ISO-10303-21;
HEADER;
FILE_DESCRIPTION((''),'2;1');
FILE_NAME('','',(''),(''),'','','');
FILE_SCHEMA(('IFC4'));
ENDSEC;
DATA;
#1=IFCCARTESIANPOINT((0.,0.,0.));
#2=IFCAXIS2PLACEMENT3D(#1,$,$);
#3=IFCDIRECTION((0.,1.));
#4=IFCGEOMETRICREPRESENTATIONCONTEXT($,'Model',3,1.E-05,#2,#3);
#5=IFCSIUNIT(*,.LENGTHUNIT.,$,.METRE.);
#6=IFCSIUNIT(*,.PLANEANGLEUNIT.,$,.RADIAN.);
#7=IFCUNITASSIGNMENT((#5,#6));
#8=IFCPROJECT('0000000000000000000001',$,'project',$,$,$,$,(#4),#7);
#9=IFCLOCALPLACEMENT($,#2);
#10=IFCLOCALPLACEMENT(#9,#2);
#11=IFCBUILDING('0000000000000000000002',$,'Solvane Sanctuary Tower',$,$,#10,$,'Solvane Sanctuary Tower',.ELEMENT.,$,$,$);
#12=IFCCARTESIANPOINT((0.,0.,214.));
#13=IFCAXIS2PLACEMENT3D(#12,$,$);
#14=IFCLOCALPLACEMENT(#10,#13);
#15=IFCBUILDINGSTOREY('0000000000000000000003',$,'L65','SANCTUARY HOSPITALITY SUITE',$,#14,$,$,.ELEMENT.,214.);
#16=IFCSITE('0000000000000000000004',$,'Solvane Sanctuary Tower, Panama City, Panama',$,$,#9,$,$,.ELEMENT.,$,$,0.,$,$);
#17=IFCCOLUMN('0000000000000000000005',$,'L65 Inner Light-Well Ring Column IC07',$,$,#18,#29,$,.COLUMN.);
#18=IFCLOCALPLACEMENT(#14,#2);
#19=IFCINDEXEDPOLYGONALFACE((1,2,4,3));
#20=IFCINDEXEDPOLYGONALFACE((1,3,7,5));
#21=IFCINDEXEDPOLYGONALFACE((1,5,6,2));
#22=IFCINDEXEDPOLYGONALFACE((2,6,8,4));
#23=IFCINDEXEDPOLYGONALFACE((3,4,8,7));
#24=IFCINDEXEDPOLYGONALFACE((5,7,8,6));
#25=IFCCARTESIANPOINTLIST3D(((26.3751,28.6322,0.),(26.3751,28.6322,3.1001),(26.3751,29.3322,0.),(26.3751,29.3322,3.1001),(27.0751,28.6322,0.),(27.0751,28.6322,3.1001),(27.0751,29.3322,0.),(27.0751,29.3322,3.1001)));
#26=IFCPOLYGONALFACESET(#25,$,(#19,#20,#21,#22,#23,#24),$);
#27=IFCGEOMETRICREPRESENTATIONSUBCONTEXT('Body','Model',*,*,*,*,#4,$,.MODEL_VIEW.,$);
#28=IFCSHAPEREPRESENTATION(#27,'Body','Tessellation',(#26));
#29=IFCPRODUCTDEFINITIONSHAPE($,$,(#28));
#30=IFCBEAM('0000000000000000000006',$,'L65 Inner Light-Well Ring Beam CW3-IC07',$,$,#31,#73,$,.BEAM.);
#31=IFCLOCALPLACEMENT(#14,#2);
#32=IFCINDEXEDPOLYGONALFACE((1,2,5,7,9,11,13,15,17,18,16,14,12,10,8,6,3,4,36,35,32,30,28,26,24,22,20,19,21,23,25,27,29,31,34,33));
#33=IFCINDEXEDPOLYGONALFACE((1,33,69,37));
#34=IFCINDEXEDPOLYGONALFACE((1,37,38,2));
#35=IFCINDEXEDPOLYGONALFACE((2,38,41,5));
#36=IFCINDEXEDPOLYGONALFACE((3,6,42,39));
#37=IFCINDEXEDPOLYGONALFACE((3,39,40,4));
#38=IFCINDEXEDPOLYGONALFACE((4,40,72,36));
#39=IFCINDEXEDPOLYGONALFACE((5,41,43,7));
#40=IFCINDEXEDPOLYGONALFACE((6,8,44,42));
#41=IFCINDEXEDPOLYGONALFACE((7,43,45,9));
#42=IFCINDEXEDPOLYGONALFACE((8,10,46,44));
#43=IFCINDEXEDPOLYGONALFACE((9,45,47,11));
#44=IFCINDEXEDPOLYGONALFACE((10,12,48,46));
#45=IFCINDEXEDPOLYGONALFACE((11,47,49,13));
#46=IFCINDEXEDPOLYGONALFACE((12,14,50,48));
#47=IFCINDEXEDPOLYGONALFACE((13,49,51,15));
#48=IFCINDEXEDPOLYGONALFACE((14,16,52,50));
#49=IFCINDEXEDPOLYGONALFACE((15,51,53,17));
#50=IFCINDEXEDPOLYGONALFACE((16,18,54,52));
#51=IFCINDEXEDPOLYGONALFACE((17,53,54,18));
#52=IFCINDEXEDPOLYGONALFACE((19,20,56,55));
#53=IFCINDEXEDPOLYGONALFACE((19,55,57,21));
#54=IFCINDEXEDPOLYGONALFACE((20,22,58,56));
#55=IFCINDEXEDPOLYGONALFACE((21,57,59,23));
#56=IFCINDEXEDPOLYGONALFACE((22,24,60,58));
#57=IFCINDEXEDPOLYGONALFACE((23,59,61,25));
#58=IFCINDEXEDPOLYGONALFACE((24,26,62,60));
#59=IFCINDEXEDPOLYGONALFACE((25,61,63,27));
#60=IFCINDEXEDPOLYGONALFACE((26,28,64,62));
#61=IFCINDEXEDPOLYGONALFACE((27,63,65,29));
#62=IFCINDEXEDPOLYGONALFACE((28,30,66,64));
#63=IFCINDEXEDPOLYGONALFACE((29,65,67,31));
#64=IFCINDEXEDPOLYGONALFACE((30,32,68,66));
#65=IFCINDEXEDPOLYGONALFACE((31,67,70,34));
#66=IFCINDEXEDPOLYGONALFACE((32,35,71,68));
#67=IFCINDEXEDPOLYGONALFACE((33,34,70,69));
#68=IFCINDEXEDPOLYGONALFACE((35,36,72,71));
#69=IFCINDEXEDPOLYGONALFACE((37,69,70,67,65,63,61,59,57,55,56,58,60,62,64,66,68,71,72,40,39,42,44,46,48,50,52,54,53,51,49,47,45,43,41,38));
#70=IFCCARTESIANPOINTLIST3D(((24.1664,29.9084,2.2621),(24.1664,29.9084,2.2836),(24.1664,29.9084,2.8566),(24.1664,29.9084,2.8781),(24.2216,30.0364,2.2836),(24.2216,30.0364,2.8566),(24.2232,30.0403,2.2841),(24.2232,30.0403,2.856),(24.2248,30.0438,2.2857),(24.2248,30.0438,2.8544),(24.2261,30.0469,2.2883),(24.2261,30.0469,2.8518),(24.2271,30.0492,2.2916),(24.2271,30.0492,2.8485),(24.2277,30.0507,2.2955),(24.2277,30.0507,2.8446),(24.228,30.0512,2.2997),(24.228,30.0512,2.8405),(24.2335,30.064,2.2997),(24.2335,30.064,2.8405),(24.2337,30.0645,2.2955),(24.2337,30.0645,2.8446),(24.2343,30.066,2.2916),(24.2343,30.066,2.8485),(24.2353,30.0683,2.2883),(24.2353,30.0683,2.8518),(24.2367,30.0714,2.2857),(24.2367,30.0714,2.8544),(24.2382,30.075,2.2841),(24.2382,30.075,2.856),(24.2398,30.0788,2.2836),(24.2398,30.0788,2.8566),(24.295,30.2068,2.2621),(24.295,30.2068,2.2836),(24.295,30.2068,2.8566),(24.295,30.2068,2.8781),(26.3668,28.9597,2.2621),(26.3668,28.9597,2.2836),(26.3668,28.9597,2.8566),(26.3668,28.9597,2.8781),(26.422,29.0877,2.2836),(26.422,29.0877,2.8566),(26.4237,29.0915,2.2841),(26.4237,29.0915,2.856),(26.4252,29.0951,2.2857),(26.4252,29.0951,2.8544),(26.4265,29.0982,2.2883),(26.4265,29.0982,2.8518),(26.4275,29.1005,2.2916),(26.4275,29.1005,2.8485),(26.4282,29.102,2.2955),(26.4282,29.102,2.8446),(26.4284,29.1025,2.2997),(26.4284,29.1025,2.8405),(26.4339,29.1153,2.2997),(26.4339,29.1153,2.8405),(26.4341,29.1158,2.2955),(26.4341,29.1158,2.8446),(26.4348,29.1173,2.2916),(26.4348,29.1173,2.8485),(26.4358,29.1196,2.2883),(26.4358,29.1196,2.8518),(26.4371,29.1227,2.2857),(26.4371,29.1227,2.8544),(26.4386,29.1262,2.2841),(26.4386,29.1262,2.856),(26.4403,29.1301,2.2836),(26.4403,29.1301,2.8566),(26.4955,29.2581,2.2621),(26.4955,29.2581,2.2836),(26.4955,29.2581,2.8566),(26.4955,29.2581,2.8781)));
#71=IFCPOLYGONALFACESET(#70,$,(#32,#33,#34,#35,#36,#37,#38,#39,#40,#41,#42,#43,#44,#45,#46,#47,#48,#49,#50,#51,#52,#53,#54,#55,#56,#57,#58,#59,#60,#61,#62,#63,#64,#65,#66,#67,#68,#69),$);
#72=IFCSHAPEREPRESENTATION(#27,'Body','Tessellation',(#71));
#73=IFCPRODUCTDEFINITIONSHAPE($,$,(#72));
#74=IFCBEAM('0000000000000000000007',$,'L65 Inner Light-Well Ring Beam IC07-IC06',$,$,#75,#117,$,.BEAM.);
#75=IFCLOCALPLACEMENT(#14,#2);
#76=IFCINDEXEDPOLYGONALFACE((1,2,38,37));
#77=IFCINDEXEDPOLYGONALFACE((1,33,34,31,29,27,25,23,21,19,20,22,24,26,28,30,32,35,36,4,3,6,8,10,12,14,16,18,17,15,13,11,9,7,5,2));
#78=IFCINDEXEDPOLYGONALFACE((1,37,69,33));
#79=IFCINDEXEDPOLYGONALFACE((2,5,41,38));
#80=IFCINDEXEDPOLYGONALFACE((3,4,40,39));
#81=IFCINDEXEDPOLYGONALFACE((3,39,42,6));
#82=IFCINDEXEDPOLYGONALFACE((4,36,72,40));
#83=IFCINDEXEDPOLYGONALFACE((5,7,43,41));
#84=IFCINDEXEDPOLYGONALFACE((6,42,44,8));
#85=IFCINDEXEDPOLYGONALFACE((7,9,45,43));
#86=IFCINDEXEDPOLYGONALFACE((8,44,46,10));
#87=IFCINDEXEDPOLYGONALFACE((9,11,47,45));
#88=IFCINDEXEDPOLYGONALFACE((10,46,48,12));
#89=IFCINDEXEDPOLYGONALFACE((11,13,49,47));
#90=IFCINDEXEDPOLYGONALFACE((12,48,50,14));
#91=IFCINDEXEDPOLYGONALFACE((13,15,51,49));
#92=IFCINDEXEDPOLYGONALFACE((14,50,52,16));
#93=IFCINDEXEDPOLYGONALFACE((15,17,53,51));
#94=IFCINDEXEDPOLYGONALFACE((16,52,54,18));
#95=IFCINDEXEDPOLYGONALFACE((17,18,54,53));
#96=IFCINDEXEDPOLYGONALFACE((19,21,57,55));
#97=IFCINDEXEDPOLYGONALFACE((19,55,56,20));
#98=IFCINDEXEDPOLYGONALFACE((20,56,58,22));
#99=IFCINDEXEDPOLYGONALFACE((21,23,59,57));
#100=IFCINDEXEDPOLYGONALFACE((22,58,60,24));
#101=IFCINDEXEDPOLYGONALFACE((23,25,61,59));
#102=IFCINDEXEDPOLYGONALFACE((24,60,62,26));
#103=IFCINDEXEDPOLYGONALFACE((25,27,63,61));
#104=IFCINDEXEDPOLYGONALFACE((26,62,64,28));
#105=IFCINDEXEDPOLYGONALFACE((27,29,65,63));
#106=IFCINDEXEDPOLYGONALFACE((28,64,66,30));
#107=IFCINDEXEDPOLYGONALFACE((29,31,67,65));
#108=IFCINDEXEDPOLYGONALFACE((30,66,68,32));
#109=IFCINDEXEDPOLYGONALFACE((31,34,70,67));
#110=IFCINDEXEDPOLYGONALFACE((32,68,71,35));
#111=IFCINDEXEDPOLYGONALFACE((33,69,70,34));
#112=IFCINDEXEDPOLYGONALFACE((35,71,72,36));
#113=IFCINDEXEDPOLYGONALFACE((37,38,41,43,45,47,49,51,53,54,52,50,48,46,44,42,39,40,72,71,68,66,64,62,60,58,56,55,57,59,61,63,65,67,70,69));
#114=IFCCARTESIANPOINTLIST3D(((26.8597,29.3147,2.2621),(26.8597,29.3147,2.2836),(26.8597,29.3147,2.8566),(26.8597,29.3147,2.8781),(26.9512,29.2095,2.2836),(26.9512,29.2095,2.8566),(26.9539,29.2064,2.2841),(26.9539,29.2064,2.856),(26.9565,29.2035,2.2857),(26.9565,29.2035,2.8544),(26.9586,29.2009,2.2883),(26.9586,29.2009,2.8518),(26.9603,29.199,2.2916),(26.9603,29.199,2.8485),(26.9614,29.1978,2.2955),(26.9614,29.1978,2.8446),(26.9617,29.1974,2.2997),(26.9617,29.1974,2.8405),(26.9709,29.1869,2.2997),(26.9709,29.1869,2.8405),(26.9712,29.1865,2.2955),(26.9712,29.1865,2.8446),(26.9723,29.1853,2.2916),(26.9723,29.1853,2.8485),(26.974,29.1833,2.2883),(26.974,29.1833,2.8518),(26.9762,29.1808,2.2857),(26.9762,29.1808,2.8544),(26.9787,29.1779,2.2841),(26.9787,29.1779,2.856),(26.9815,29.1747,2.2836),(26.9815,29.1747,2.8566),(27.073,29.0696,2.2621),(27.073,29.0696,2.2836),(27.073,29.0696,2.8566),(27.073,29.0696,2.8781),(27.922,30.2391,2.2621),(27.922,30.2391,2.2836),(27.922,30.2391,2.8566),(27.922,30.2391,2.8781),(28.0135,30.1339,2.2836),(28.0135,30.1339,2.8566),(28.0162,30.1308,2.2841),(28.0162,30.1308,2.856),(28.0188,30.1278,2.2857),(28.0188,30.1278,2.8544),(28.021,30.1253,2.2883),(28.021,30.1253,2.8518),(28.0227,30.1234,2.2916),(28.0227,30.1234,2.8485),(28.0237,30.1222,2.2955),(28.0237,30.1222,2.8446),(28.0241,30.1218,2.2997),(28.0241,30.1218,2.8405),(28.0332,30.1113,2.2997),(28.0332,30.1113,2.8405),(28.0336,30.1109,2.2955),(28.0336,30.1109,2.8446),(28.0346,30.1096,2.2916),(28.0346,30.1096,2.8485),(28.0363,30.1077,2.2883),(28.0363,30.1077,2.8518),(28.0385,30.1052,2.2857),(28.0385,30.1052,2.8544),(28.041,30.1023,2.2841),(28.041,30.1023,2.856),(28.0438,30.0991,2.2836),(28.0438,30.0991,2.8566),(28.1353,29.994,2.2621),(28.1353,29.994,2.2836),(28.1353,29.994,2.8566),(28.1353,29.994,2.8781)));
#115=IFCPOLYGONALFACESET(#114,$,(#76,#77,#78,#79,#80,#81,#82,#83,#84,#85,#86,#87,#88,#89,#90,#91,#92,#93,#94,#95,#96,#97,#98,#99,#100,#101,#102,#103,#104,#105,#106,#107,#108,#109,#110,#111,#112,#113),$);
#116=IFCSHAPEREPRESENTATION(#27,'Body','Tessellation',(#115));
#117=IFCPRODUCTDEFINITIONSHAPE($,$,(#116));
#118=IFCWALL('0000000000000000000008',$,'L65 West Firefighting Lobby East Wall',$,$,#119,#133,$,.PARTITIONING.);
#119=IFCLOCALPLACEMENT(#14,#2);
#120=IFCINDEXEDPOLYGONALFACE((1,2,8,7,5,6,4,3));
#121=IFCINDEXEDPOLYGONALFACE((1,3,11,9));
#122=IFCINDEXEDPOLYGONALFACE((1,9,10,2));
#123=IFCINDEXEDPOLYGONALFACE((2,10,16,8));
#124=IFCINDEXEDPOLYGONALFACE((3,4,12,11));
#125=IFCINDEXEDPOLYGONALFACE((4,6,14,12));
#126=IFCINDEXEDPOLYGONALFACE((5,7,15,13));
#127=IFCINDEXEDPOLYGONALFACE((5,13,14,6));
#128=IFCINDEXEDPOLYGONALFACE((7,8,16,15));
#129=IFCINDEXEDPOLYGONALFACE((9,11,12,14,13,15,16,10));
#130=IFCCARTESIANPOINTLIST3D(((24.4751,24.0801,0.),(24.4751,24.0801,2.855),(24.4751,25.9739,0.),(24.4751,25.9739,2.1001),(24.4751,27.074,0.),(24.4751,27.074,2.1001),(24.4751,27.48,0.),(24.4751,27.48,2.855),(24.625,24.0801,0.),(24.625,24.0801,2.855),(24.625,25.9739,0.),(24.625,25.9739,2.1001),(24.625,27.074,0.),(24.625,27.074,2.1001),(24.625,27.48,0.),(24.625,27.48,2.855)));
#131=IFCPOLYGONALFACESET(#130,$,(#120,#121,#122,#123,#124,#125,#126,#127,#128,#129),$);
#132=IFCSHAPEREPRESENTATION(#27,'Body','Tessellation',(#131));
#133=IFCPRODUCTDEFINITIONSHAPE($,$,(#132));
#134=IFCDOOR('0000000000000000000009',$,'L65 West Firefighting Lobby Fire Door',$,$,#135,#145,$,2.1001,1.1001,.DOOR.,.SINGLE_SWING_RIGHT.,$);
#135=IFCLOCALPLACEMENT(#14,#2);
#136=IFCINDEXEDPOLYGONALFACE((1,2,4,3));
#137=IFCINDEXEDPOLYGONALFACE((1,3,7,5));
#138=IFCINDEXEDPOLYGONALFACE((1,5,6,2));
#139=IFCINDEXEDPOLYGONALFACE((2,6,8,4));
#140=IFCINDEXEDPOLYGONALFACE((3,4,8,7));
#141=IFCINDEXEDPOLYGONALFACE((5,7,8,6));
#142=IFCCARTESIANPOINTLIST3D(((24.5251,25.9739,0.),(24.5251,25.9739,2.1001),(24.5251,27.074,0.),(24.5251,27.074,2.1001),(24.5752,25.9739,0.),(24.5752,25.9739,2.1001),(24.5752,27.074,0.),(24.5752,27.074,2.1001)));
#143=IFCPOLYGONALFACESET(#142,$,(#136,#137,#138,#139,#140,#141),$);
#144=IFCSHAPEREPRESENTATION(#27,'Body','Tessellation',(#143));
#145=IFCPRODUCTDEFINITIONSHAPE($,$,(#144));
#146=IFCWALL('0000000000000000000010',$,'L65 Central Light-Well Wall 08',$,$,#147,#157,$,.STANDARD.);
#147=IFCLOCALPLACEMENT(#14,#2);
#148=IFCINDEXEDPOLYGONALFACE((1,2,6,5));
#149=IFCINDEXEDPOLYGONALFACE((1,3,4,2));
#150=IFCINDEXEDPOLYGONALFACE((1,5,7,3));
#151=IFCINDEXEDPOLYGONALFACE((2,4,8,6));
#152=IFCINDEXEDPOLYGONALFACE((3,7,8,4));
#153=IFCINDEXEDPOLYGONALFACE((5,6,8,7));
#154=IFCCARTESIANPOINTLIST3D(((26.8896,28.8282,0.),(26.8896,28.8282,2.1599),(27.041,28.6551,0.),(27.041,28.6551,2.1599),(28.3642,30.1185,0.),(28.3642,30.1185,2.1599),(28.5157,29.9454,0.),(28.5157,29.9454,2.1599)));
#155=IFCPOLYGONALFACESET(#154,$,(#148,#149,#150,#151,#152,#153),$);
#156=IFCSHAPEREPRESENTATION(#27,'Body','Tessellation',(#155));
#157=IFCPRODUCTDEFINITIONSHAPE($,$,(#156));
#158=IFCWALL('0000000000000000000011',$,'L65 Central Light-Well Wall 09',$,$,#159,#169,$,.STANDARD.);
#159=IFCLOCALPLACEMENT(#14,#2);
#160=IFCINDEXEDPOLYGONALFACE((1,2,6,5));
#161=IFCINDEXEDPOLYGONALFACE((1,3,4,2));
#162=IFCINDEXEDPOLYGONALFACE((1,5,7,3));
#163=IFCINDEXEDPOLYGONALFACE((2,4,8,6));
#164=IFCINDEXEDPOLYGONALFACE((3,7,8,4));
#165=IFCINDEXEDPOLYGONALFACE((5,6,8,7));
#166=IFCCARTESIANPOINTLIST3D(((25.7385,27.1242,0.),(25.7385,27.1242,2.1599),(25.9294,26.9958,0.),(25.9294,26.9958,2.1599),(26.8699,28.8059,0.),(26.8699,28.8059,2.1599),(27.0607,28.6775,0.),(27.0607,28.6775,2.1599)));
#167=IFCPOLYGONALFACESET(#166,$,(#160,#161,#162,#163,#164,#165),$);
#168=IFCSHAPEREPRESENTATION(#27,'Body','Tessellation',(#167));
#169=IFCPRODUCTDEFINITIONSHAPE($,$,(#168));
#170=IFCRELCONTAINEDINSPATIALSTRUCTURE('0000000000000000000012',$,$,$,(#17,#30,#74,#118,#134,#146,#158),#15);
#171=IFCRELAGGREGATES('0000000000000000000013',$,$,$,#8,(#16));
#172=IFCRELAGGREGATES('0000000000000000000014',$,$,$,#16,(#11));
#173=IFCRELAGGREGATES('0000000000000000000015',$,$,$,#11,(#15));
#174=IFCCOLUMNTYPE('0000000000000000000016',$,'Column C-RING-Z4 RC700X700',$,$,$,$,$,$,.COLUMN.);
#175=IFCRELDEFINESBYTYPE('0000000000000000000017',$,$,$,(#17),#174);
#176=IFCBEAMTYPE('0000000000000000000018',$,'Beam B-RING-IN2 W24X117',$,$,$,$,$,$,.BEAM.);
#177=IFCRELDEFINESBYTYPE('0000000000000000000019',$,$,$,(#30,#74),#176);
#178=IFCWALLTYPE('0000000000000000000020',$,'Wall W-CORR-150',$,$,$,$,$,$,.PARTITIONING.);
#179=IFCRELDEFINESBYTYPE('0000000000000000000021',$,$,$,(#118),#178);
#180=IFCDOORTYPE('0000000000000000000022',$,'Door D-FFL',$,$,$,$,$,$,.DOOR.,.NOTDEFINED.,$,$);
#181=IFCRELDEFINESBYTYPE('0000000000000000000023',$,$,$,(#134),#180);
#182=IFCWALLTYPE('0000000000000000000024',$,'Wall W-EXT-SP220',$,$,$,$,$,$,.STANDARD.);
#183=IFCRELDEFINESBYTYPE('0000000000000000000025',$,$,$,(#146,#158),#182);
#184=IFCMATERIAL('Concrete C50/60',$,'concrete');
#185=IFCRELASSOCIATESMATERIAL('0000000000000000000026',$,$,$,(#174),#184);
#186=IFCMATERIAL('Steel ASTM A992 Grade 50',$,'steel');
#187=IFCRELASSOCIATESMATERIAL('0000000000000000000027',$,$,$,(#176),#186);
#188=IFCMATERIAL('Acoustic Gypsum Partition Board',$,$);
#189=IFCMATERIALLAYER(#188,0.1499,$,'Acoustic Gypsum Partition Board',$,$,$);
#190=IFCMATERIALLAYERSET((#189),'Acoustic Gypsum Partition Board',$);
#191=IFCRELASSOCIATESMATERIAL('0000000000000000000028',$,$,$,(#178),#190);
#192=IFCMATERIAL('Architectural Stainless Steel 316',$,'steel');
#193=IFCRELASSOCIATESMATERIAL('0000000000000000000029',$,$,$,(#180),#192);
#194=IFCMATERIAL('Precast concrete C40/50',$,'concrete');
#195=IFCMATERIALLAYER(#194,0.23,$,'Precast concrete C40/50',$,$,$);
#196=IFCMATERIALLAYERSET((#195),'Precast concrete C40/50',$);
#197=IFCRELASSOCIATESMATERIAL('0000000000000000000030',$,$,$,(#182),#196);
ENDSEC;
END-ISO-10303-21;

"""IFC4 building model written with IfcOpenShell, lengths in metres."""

from ifc_helpers import new_model, si_unit, direction, frame, frame_2d, origin, origin_2d, place, context, subcontext, project, spatial, rectangle, i_section, extrude, material, layer, layer_set, material_profile, profile_set, type_object, element, fill, save


model = new_model("IFC4")

# Units and contexts
model_context = context("Model", 3, precision=1e-05, world=origin(), true_north=direction((0.0, 1.0)))
body_context = subcontext(model_context, "Body", "Model", "MODEL_VIEW")
ifc_project = project(units=[si_unit("LENGTHUNIT", "METRE"), si_unit("PLANEANGLEUNIT", "RADIAN")], contexts=[model_context])

# Site, building, storey
site_placement = place(None, origin())
site = spatial("IfcSite", under=ifc_project, at=site_placement, Name="Solvane Sanctuary Tower, Panama City, Panama", CompositionType="ELEMENT", RefElevation=0.0)
building_placement = place(site_placement, origin())
building = spatial("IfcBuilding", under=site, at=building_placement, Name="Solvane Sanctuary Tower", LongName="Solvane Sanctuary Tower", CompositionType="ELEMENT")
storey_placement = place(building_placement, frame((0.0, 0.0, 214.0)))
storey = spatial("IfcBuildingStorey", under=building, at=storey_placement, Name="L65", Description="SANCTUARY HOSPITALITY SUITE", CompositionType="ELEMENT", Elevation=214.0)

# Column
ifc_material_1 = material(Name="Concrete C50/60", Category="concrete")
ifc_material_profile_1 = material_profile(ifc_material_1, rectangle(XDim=0.7, YDim=0.7, at=origin_2d()), Name="RC700X700")
ifc_profile_set_1 = profile_set([ifc_material_profile_1], Name="Concrete C50/60")
column_type = type_object("IfcColumnType", Name="Column C-RING-Z4 RC700X700", PredefinedType="COLUMN", material=ifc_profile_set_1)
column_placement = place(storey_placement, frame((26.7251, 28.9822, 0.0), z_axis=(0.0, 0.0, 1.0), x_axis=(1.0, 0.0, 0.0)))
element("IfcColumn", 1, at=column_placement, inside=storey, type_object=column_type, Name="L65 Inner Light-Well Ring Column IC07", PredefinedType="COLUMN", context=body_context, shape_type="SweptSolid", body=[
    extrude(rectangle(XDim=0.7, YDim=0.7, at=origin_2d()), origin(), (0.0, 0.0, 1.0), 3.1001),
])

# Beams
ifc_material_2 = material(Name="Steel ASTM A992 Grade 50", Category="steel")
ifc_material_profile_2 = material_profile(ifc_material_2, i_section(OverallWidth=0.325, OverallDepth=0.616, WebThickness=0.0139, FlangeThickness=0.0215, FilletRadius=0.0161, at=origin_2d()), Name="W24X117")
ifc_profile_set_2 = profile_set([ifc_material_profile_2], Name="Steel ASTM A992 Grade 50")
beam_type = type_object("IfcBeamType", Name="Beam B-RING-IN2 W24X117", PredefinedType="BEAM", material=ifc_profile_set_2)
beam_1_placement = place(storey_placement, frame((24.2307, 30.0576, 2.5701), z_axis=(0.918284, -0.395923, 0.0), x_axis=(0.395923, 0.918284, 0.0)))
element("IfcBeam", 2, at=beam_1_placement, inside=storey, type_object=beam_type, Name="L65 Inner Light-Well Ring Beam CW3-IC07", PredefinedType="BEAM", context=body_context, shape_type="SweptSolid", body=[
    extrude(i_section(OverallWidth=0.325, OverallDepth=0.616, WebThickness=0.0139, FlangeThickness=0.0215, FilletRadius=0.0161, at=origin_2d()), origin(), (0.0, 0.0, 1.0), 2.3962),
])
beam_2_placement = place(storey_placement, frame((26.9663, 29.1921, 2.5701), z_axis=(0.754389, 0.656428, 0.0), x_axis=(-0.656428, 0.754389, 0.0)))
element("IfcBeam", 3, at=beam_2_placement, inside=storey, type_object=beam_type, Name="L65 Inner Light-Well Ring Beam IC07-IC06", PredefinedType="BEAM", context=body_context, shape_type="SweptSolid", body=[
    extrude(i_section(OverallWidth=0.325, OverallDepth=0.616, WebThickness=0.0139, FlangeThickness=0.0215, FilletRadius=0.0161, at=origin_2d()), origin(), (0.0, 0.0, 1.0), 1.4082),
])

# Wall, opening, door
ifc_material_3 = material(Name="Acoustic Gypsum Partition Board")
ifc_layer_1 = layer(ifc_material_3, 0.1499, Name="Acoustic Gypsum Partition Board")
ifc_layer_set_1 = layer_set([ifc_layer_1], Name="Acoustic Gypsum Partition Board")
wall_type_1 = type_object("IfcWallType", Name="Wall W-CORR-150", PredefinedType="PARTITIONING", material=ifc_layer_set_1)
wall_1_placement = place(storey_placement, frame((24.55, 24.0801, 0.0), z_axis=(0.0, 0.0, 1.0), x_axis=(0.0, 1.0, 0.0)))
wall_1 = element("IfcWall", 4, at=wall_1_placement, inside=storey, type_object=wall_type_1, Name="L65 West Firefighting Lobby East Wall", PredefinedType="PARTITIONING", context=body_context, shape_type="SweptSolid", body=[
    extrude(rectangle(XDim=3.3999, YDim=0.1499, at=frame_2d((1.7, 0.0))), origin(), (0.0, 0.0, 1.0), 2.855),
])
opening_1_placement = place(wall_1_placement, frame((1.8938, 0.0, 0.0)))
opening_1 = element("IfcOpeningElement", 5, at=opening_1_placement, cuts=wall_1, PredefinedType="OPENING", context=body_context, shape_type="SweptSolid", body=[
    extrude(rectangle(XDim=1.1001, YDim=2.1001, at=frame_2d((0.55, 1.05))), frame((0.0, 0.085, 0.0), z_axis=(0.0, -1.0, 0.0), x_axis=(1.0, 0.0, 0.0)), (0.0, 0.0, 1.0), 0.1699),
])
ifc_material_4 = material(Name="Architectural Stainless Steel 316", Category="steel")
door_type_1 = type_object("IfcDoorType", Name="Door D-FFL", OperationType="NOTDEFINED", PredefinedType="DOOR", material=ifc_material_4)
door_1_placement = place(opening_1_placement, origin())
door_1 = element("IfcDoor", 6, at=door_1_placement, inside=storey, type_object=door_type_1, Name="L65 West Firefighting Lobby Fire Door", OperationType="SINGLE_SWING_RIGHT", OverallHeight=2.1001, OverallWidth=1.1001, PredefinedType="DOOR", context=body_context, shape_type="SweptSolid", body=[
    extrude(rectangle(XDim=1.1001, YDim=2.1001, at=frame_2d((0.55, 1.05))), frame((0.0, 0.0249, 0.0), z_axis=(0.0, -1.0, 0.0), x_axis=(1.0, 0.0, 0.0)), (0.0, 0.0, 1.0), 0.05),
])
fill(opening_1, door_1)

# Walls
ifc_material_5 = material(Name="Precast concrete C40/50", Category="concrete")
ifc_layer_2 = layer(ifc_material_5, 0.23, Name="Precast concrete C40/50")
ifc_layer_set_2 = layer_set([ifc_layer_2], Name="Precast concrete C40/50")
wall_type_2 = type_object("IfcWallType", Name="Wall W-EXT-SP220", PredefinedType="STANDARD", material=ifc_layer_set_2)
wall_2_placement = place(storey_placement, frame((28.4399, 30.032, 0.0), z_axis=(0.0, 0.0, 1.0), x_axis=(-0.752577, -0.658505, 0.0)))
element("IfcWall", 7, at=wall_2_placement, inside=storey, type_object=wall_type_2, Name="L65 Central Light-Well Wall 08", PredefinedType="STANDARD", context=body_context, shape_type="SweptSolid", body=[
    extrude(rectangle(XDim=1.9595, YDim=0.23, at=frame_2d((0.9797, 0.0))), origin(), (0.0, 0.0, 1.0), 2.1599),
])
wall_3_placement = place(storey_placement, frame((26.9653, 28.7417, 0.0), z_axis=(0.0, 0.0, 1.0), x_axis=(-0.558198, -0.829708, 0.0)))
element("IfcWall", 8, at=wall_3_placement, inside=storey, type_object=wall_type_2, Name="L65 Central Light-Well Wall 09", PredefinedType="STANDARD", context=body_context, shape_type="SweptSolid", body=[
    extrude(rectangle(XDim=2.0269, YDim=0.23, at=frame_2d((1.0134, 0.0))), origin(), (0.0, 0.0, 1.0), 2.1599),
])

save(model, "model.ifc")
